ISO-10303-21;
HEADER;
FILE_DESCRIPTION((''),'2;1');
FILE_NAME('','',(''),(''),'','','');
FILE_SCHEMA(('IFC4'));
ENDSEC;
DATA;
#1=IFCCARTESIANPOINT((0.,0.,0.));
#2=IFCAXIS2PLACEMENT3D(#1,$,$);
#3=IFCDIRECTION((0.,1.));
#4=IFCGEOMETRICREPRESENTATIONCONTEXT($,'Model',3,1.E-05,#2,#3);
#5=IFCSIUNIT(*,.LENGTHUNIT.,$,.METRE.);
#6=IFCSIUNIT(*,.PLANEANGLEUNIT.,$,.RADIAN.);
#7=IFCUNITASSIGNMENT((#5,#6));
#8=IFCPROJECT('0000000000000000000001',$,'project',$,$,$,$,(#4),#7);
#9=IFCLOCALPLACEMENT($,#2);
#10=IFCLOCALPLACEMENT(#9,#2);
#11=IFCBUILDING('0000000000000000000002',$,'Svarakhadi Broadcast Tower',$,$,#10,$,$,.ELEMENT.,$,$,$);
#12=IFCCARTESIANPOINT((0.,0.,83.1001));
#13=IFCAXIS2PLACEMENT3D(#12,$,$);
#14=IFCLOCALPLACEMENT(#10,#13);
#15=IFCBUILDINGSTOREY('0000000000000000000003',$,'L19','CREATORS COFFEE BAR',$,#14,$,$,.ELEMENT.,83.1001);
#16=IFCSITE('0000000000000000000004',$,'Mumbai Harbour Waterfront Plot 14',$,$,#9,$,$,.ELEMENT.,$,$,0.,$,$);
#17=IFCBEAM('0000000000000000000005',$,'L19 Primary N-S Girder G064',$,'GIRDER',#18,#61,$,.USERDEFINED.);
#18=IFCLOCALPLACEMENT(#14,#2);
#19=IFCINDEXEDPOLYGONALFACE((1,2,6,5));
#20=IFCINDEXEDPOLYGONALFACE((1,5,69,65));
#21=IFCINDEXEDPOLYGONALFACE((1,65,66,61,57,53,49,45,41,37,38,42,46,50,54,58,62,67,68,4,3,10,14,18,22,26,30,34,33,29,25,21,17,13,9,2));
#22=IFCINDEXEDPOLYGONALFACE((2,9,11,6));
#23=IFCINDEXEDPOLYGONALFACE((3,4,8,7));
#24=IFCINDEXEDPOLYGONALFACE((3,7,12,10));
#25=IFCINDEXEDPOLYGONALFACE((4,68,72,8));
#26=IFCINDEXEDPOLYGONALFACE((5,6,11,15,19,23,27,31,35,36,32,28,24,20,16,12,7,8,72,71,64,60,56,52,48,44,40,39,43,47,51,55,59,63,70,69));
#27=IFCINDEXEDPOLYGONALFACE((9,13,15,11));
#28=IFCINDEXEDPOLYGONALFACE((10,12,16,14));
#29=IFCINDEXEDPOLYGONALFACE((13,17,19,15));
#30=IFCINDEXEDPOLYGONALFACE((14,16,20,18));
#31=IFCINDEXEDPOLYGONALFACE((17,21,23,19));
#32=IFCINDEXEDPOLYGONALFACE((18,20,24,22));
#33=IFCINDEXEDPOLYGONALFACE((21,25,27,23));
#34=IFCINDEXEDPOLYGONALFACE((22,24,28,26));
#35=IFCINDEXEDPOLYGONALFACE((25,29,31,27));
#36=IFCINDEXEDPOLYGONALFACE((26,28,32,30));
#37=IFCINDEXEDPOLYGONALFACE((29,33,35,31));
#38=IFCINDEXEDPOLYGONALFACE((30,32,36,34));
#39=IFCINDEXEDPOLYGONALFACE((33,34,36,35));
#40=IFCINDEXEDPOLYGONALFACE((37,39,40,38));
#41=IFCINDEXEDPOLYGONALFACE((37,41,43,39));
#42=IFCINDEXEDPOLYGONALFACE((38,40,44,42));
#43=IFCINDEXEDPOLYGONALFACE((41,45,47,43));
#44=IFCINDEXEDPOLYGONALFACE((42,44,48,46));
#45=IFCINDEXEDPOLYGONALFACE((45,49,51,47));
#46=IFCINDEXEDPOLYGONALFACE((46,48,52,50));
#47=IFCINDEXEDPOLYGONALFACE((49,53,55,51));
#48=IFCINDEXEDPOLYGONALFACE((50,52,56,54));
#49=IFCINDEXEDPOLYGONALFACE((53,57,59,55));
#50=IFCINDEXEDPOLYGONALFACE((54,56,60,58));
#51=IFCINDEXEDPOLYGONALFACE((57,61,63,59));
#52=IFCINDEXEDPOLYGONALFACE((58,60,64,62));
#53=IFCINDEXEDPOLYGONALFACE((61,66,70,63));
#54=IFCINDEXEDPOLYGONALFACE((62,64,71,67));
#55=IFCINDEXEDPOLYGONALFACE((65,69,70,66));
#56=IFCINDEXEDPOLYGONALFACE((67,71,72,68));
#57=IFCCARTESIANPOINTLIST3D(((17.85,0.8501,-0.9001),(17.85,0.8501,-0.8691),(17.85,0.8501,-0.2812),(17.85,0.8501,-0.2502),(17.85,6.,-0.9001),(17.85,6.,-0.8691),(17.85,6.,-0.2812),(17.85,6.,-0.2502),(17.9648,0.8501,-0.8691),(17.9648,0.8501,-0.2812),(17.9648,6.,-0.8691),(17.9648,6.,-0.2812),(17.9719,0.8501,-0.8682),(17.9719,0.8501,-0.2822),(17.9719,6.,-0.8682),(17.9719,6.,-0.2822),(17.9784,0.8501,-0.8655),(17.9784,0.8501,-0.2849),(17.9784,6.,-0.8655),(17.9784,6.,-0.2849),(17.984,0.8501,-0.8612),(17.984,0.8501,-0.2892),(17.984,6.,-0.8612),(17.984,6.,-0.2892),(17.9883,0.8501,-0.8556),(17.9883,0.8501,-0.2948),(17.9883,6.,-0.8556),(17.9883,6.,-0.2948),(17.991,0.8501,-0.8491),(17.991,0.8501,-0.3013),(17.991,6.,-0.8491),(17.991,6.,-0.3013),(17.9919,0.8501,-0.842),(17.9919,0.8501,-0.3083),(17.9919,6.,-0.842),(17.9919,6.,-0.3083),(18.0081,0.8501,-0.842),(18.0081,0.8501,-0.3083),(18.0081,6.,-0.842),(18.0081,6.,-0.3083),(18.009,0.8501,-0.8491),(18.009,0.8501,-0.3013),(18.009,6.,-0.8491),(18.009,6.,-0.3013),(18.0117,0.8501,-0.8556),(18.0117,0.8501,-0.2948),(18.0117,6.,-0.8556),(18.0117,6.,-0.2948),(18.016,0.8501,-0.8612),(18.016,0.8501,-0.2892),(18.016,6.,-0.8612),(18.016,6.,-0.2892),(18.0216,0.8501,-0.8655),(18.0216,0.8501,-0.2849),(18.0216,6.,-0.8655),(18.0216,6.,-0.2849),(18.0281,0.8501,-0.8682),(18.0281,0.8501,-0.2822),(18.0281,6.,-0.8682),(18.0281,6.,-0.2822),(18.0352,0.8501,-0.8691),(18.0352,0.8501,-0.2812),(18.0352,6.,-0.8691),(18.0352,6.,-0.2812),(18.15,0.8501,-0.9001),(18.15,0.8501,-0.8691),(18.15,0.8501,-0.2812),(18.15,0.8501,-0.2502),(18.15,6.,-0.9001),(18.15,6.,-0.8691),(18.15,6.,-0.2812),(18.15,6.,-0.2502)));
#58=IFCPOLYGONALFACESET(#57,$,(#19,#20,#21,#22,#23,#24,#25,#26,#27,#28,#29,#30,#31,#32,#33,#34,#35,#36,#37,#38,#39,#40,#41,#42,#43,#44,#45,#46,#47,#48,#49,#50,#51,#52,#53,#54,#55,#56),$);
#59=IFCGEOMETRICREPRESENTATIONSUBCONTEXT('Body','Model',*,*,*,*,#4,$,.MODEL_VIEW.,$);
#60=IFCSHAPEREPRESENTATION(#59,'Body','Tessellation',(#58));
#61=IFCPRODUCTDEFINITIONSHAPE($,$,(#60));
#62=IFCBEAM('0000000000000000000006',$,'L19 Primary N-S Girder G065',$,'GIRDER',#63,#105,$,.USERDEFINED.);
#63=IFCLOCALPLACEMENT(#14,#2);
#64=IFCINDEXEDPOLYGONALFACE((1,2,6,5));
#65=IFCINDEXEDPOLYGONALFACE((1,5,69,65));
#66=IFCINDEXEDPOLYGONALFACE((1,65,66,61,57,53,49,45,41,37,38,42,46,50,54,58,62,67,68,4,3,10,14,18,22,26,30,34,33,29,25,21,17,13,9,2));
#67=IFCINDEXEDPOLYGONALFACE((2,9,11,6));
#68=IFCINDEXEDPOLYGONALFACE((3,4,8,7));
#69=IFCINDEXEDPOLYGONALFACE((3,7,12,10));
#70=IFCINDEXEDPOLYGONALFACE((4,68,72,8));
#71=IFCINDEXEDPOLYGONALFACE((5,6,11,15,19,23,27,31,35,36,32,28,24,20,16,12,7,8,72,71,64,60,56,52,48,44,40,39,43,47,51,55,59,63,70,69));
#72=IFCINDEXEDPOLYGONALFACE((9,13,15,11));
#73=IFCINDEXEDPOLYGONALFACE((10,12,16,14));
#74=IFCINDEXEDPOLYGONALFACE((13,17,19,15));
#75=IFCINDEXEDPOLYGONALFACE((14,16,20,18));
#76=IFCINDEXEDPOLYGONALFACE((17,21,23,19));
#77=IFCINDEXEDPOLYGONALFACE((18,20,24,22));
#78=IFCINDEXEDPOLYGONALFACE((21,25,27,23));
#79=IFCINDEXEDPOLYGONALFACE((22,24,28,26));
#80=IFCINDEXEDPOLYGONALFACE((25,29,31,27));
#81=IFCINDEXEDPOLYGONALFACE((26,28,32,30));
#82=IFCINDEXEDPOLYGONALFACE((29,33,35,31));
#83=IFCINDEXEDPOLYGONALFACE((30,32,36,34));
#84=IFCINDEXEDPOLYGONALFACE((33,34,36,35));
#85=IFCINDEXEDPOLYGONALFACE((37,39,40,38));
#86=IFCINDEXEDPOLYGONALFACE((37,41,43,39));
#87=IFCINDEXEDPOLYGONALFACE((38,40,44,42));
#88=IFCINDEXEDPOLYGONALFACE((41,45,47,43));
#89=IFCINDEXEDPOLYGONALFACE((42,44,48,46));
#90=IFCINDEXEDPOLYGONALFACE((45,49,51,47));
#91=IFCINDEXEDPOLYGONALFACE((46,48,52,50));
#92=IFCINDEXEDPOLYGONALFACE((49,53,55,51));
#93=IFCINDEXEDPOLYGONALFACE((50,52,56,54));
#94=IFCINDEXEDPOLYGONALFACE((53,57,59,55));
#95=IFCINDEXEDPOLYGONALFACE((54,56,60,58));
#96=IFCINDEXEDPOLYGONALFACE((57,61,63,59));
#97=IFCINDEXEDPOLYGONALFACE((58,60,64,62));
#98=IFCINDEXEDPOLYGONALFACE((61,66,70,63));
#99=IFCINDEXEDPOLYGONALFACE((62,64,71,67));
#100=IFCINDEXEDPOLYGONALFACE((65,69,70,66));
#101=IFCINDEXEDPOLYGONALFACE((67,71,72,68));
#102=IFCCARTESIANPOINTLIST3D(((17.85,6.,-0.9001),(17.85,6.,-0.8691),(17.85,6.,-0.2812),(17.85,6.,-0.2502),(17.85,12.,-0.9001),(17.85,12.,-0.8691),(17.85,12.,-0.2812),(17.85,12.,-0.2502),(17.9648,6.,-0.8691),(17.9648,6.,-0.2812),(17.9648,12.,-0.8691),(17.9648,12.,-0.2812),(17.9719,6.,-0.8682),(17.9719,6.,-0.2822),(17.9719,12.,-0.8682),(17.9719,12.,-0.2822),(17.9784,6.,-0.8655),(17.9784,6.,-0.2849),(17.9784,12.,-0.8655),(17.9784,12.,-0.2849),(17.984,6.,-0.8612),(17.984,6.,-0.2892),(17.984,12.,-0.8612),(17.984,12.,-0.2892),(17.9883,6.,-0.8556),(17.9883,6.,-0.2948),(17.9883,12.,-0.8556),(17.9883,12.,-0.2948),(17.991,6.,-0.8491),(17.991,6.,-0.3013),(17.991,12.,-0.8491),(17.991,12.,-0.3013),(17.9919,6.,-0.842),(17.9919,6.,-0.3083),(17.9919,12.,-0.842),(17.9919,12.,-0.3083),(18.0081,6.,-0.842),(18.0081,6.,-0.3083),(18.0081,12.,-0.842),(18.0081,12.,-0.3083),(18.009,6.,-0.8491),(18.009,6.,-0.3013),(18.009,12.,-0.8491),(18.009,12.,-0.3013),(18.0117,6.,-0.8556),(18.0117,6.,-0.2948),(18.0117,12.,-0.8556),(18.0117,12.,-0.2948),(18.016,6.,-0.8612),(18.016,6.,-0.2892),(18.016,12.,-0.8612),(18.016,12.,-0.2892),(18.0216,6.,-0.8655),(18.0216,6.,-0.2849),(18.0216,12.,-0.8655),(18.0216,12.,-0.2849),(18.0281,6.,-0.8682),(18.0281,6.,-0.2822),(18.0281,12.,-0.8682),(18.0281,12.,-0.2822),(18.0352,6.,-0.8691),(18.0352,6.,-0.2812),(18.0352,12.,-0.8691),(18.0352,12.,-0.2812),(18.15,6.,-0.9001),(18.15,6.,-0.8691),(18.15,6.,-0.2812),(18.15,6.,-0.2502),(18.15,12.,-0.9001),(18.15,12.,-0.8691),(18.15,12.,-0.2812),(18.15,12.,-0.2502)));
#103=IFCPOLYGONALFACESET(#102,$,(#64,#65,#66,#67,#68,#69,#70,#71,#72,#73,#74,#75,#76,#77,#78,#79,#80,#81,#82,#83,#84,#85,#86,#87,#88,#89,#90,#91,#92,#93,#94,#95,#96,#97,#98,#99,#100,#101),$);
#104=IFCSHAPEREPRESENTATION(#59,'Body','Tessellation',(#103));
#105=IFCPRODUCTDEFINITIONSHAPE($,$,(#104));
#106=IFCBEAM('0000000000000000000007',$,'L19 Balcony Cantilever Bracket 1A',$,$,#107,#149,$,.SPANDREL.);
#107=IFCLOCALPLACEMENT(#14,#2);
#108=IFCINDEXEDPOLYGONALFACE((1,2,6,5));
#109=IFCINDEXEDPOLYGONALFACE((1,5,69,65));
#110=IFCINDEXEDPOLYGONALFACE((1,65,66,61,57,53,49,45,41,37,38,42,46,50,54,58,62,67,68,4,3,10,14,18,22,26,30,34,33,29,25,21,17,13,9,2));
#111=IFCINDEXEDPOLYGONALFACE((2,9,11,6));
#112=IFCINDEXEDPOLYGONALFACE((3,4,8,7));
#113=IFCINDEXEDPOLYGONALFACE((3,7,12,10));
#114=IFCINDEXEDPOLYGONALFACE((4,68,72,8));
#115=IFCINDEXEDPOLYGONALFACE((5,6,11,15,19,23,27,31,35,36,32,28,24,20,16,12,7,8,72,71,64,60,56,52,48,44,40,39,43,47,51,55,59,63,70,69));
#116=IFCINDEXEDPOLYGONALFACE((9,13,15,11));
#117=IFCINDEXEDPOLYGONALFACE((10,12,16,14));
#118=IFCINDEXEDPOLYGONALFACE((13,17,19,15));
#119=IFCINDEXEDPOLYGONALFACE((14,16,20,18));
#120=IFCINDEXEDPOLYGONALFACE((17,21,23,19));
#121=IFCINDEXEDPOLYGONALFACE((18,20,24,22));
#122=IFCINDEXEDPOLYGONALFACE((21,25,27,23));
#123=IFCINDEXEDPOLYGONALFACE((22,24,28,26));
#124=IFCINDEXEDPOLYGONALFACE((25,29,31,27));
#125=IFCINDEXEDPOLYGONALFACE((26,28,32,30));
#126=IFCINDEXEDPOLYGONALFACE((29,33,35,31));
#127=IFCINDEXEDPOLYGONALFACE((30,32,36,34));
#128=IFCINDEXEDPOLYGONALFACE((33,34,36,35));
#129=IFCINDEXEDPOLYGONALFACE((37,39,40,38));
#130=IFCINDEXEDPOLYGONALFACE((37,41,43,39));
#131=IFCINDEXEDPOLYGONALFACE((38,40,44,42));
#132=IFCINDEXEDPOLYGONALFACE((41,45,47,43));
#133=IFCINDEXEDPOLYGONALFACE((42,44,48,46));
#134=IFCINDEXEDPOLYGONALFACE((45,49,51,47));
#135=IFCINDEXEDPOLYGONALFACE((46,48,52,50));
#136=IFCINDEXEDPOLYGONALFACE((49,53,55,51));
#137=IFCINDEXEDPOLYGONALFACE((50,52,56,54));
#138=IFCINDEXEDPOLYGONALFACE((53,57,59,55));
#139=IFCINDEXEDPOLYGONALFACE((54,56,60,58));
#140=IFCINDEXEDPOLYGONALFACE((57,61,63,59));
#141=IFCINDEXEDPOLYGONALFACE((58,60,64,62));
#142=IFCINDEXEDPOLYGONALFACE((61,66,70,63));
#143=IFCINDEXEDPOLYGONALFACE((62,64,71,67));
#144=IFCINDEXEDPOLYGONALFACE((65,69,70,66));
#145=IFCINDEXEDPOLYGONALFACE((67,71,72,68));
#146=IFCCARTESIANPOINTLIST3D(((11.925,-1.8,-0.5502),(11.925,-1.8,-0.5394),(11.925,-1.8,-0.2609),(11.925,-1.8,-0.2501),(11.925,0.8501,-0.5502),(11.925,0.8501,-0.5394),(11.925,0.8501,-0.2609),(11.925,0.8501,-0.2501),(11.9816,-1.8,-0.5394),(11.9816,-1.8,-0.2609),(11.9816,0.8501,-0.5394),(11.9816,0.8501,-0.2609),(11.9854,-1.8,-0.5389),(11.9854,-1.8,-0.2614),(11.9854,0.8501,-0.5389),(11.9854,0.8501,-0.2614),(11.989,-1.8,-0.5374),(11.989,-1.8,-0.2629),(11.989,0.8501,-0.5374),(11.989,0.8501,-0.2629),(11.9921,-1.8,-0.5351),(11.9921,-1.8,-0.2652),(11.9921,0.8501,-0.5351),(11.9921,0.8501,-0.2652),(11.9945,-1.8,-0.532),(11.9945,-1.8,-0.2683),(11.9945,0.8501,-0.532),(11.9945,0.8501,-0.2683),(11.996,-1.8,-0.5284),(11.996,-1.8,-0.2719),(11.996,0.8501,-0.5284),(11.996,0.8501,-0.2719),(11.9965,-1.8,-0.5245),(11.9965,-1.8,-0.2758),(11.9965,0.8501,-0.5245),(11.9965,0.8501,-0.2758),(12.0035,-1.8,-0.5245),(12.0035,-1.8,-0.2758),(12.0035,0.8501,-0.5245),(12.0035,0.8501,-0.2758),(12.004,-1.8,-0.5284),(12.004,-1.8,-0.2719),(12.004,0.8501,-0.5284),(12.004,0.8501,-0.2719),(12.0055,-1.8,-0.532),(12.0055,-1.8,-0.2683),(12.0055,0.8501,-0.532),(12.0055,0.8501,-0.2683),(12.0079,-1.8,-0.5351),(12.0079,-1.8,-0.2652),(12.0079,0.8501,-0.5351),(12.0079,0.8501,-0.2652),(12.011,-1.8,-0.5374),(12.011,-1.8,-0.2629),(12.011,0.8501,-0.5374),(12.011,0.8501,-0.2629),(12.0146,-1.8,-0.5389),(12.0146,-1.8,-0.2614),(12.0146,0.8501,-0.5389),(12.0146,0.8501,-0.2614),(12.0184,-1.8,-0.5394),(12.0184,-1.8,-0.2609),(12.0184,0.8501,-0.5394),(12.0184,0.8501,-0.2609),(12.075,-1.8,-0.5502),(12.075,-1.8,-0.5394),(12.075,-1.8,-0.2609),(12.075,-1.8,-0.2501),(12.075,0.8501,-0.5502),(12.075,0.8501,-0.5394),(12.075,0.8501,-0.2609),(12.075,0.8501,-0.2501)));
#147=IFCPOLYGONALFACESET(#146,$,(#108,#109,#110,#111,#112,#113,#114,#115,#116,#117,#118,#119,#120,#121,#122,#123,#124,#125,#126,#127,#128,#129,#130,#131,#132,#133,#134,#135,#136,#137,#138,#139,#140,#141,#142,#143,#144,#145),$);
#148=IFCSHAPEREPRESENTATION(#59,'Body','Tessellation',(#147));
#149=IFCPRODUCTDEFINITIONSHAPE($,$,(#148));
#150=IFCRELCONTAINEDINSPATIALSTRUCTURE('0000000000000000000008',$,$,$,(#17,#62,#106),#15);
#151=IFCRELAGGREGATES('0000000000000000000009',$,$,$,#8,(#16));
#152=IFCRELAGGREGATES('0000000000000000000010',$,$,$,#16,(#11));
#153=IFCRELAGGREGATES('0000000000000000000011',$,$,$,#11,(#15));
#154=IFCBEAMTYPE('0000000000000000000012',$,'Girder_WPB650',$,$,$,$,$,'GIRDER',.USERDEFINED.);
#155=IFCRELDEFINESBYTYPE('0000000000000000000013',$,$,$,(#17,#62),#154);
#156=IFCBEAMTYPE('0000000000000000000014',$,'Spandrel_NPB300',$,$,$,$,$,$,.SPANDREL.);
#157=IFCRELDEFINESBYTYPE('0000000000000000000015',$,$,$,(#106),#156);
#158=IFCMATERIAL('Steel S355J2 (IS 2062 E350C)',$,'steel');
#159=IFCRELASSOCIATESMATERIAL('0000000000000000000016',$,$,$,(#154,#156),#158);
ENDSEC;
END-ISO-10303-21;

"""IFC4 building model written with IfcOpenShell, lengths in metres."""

from ifc_helpers import new_model, si_unit, direction, frame, origin, origin_2d, place, context, subcontext, project, spatial, i_section, extrude, material, material_profile, profile_set, type_object, element, save


model = new_model("IFC4")

# Units and contexts
model_context = context("Model", 3, precision=1e-05, world=origin(), true_north=direction((0.0, 1.0)))
body_context = subcontext(model_context, "Body", "Model", "MODEL_VIEW")
ifc_project = project(units=[si_unit("LENGTHUNIT", "METRE"), si_unit("PLANEANGLEUNIT", "RADIAN")], contexts=[model_context])

# Site, building, storey
site_placement = place(None, origin())
site = spatial("IfcSite", under=ifc_project, at=site_placement, Name="Mumbai Harbour Waterfront Plot 14", CompositionType="ELEMENT", RefElevation=0.0)
building_placement = place(site_placement, origin())
building = spatial("IfcBuilding", under=site, at=building_placement, Name="Svarakhadi Broadcast Tower", CompositionType="ELEMENT")
storey_placement = place(building_placement, frame((0.0, 0.0, 83.1001)))
storey = spatial("IfcBuildingStorey", under=building, at=storey_placement, Name="L19", Description="CREATORS COFFEE BAR", CompositionType="ELEMENT", Elevation=83.1001)

# Shared definitions
ifc_material_1 = material(Name="Steel S355J2 (IS 2062 E350C)", Category="steel")

# Beams
ifc_material_profile_1 = material_profile(ifc_material_1, i_section(OverallWidth=0.3, OverallDepth=0.6499, WebThickness=0.0161, FlangeThickness=0.031, FilletRadius=0.0271, at=origin_2d()), Name="WPB 650x300x225")
ifc_profile_set_1 = profile_set([ifc_material_profile_1], Name="Steel S355J2 (IS 2062 E350C)")
beam_type_1 = type_object("IfcBeamType", Name="Girder_WPB650", ElementType="GIRDER", PredefinedType="USERDEFINED", material=ifc_profile_set_1)
beam_1_placement = place(storey_placement, frame((18.0, 0.8501, -0.5752), z_axis=(0.0, 1.0, 0.0), x_axis=(-1.0, 0.0, 0.0)))
element("IfcBeam", 1, at=beam_1_placement, inside=storey, type_object=beam_type_1, Name="L19 Primary N-S Girder G064", ObjectType="GIRDER", PredefinedType="USERDEFINED", context=body_context, shape_type="SweptSolid", body=[
    extrude(i_section(OverallWidth=0.3, OverallDepth=0.6499, WebThickness=0.0161, FlangeThickness=0.031, FilletRadius=0.0271, at=origin_2d()), origin(), (0.0, 0.0, 1.0), 5.1499),
])
beam_2_placement = place(storey_placement, frame((18.0, 6.0, -0.5752), z_axis=(0.0, 1.0, 0.0), x_axis=(-1.0, 0.0, 0.0)))
element("IfcBeam", 2, at=beam_2_placement, inside=storey, type_object=beam_type_1, Name="L19 Primary N-S Girder G065", ObjectType="GIRDER", PredefinedType="USERDEFINED", context=body_context, shape_type="SweptSolid", body=[
    extrude(i_section(OverallWidth=0.3, OverallDepth=0.6499, WebThickness=0.0161, FlangeThickness=0.031, FilletRadius=0.0271, at=origin_2d()), origin(), (0.0, 0.0, 1.0), 6.0),
])
ifc_material_profile_2 = material_profile(ifc_material_1, i_section(OverallWidth=0.1499, OverallDepth=0.3, WebThickness=0.0071, FlangeThickness=0.0107, FilletRadius=0.0149, at=origin_2d()), Name="NPB 300x150x37")
ifc_profile_set_2 = profile_set([ifc_material_profile_2], Name="Steel S355J2 (IS 2062 E350C)")
beam_type_2 = type_object("IfcBeamType", Name="Spandrel_NPB300", PredefinedType="SPANDREL", material=ifc_profile_set_2)
beam_3_placement = place(storey_placement, frame((12.0, 0.8501, -0.4001), z_axis=(0.0, -1.0, 0.0), x_axis=(1.0, 0.0, 0.0)))
element("IfcBeam", 3, at=beam_3_placement, inside=storey, type_object=beam_type_2, Name="L19 Balcony Cantilever Bracket 1A", PredefinedType="SPANDREL", context=body_context, shape_type="SweptSolid", body=[
    extrude(i_section(OverallWidth=0.1499, OverallDepth=0.3, WebThickness=0.0071, FlangeThickness=0.0107, FilletRadius=0.0149, at=origin_2d()), origin(), (0.0, 0.0, 1.0), 2.6501),
])

save(model, "model.ifc")
